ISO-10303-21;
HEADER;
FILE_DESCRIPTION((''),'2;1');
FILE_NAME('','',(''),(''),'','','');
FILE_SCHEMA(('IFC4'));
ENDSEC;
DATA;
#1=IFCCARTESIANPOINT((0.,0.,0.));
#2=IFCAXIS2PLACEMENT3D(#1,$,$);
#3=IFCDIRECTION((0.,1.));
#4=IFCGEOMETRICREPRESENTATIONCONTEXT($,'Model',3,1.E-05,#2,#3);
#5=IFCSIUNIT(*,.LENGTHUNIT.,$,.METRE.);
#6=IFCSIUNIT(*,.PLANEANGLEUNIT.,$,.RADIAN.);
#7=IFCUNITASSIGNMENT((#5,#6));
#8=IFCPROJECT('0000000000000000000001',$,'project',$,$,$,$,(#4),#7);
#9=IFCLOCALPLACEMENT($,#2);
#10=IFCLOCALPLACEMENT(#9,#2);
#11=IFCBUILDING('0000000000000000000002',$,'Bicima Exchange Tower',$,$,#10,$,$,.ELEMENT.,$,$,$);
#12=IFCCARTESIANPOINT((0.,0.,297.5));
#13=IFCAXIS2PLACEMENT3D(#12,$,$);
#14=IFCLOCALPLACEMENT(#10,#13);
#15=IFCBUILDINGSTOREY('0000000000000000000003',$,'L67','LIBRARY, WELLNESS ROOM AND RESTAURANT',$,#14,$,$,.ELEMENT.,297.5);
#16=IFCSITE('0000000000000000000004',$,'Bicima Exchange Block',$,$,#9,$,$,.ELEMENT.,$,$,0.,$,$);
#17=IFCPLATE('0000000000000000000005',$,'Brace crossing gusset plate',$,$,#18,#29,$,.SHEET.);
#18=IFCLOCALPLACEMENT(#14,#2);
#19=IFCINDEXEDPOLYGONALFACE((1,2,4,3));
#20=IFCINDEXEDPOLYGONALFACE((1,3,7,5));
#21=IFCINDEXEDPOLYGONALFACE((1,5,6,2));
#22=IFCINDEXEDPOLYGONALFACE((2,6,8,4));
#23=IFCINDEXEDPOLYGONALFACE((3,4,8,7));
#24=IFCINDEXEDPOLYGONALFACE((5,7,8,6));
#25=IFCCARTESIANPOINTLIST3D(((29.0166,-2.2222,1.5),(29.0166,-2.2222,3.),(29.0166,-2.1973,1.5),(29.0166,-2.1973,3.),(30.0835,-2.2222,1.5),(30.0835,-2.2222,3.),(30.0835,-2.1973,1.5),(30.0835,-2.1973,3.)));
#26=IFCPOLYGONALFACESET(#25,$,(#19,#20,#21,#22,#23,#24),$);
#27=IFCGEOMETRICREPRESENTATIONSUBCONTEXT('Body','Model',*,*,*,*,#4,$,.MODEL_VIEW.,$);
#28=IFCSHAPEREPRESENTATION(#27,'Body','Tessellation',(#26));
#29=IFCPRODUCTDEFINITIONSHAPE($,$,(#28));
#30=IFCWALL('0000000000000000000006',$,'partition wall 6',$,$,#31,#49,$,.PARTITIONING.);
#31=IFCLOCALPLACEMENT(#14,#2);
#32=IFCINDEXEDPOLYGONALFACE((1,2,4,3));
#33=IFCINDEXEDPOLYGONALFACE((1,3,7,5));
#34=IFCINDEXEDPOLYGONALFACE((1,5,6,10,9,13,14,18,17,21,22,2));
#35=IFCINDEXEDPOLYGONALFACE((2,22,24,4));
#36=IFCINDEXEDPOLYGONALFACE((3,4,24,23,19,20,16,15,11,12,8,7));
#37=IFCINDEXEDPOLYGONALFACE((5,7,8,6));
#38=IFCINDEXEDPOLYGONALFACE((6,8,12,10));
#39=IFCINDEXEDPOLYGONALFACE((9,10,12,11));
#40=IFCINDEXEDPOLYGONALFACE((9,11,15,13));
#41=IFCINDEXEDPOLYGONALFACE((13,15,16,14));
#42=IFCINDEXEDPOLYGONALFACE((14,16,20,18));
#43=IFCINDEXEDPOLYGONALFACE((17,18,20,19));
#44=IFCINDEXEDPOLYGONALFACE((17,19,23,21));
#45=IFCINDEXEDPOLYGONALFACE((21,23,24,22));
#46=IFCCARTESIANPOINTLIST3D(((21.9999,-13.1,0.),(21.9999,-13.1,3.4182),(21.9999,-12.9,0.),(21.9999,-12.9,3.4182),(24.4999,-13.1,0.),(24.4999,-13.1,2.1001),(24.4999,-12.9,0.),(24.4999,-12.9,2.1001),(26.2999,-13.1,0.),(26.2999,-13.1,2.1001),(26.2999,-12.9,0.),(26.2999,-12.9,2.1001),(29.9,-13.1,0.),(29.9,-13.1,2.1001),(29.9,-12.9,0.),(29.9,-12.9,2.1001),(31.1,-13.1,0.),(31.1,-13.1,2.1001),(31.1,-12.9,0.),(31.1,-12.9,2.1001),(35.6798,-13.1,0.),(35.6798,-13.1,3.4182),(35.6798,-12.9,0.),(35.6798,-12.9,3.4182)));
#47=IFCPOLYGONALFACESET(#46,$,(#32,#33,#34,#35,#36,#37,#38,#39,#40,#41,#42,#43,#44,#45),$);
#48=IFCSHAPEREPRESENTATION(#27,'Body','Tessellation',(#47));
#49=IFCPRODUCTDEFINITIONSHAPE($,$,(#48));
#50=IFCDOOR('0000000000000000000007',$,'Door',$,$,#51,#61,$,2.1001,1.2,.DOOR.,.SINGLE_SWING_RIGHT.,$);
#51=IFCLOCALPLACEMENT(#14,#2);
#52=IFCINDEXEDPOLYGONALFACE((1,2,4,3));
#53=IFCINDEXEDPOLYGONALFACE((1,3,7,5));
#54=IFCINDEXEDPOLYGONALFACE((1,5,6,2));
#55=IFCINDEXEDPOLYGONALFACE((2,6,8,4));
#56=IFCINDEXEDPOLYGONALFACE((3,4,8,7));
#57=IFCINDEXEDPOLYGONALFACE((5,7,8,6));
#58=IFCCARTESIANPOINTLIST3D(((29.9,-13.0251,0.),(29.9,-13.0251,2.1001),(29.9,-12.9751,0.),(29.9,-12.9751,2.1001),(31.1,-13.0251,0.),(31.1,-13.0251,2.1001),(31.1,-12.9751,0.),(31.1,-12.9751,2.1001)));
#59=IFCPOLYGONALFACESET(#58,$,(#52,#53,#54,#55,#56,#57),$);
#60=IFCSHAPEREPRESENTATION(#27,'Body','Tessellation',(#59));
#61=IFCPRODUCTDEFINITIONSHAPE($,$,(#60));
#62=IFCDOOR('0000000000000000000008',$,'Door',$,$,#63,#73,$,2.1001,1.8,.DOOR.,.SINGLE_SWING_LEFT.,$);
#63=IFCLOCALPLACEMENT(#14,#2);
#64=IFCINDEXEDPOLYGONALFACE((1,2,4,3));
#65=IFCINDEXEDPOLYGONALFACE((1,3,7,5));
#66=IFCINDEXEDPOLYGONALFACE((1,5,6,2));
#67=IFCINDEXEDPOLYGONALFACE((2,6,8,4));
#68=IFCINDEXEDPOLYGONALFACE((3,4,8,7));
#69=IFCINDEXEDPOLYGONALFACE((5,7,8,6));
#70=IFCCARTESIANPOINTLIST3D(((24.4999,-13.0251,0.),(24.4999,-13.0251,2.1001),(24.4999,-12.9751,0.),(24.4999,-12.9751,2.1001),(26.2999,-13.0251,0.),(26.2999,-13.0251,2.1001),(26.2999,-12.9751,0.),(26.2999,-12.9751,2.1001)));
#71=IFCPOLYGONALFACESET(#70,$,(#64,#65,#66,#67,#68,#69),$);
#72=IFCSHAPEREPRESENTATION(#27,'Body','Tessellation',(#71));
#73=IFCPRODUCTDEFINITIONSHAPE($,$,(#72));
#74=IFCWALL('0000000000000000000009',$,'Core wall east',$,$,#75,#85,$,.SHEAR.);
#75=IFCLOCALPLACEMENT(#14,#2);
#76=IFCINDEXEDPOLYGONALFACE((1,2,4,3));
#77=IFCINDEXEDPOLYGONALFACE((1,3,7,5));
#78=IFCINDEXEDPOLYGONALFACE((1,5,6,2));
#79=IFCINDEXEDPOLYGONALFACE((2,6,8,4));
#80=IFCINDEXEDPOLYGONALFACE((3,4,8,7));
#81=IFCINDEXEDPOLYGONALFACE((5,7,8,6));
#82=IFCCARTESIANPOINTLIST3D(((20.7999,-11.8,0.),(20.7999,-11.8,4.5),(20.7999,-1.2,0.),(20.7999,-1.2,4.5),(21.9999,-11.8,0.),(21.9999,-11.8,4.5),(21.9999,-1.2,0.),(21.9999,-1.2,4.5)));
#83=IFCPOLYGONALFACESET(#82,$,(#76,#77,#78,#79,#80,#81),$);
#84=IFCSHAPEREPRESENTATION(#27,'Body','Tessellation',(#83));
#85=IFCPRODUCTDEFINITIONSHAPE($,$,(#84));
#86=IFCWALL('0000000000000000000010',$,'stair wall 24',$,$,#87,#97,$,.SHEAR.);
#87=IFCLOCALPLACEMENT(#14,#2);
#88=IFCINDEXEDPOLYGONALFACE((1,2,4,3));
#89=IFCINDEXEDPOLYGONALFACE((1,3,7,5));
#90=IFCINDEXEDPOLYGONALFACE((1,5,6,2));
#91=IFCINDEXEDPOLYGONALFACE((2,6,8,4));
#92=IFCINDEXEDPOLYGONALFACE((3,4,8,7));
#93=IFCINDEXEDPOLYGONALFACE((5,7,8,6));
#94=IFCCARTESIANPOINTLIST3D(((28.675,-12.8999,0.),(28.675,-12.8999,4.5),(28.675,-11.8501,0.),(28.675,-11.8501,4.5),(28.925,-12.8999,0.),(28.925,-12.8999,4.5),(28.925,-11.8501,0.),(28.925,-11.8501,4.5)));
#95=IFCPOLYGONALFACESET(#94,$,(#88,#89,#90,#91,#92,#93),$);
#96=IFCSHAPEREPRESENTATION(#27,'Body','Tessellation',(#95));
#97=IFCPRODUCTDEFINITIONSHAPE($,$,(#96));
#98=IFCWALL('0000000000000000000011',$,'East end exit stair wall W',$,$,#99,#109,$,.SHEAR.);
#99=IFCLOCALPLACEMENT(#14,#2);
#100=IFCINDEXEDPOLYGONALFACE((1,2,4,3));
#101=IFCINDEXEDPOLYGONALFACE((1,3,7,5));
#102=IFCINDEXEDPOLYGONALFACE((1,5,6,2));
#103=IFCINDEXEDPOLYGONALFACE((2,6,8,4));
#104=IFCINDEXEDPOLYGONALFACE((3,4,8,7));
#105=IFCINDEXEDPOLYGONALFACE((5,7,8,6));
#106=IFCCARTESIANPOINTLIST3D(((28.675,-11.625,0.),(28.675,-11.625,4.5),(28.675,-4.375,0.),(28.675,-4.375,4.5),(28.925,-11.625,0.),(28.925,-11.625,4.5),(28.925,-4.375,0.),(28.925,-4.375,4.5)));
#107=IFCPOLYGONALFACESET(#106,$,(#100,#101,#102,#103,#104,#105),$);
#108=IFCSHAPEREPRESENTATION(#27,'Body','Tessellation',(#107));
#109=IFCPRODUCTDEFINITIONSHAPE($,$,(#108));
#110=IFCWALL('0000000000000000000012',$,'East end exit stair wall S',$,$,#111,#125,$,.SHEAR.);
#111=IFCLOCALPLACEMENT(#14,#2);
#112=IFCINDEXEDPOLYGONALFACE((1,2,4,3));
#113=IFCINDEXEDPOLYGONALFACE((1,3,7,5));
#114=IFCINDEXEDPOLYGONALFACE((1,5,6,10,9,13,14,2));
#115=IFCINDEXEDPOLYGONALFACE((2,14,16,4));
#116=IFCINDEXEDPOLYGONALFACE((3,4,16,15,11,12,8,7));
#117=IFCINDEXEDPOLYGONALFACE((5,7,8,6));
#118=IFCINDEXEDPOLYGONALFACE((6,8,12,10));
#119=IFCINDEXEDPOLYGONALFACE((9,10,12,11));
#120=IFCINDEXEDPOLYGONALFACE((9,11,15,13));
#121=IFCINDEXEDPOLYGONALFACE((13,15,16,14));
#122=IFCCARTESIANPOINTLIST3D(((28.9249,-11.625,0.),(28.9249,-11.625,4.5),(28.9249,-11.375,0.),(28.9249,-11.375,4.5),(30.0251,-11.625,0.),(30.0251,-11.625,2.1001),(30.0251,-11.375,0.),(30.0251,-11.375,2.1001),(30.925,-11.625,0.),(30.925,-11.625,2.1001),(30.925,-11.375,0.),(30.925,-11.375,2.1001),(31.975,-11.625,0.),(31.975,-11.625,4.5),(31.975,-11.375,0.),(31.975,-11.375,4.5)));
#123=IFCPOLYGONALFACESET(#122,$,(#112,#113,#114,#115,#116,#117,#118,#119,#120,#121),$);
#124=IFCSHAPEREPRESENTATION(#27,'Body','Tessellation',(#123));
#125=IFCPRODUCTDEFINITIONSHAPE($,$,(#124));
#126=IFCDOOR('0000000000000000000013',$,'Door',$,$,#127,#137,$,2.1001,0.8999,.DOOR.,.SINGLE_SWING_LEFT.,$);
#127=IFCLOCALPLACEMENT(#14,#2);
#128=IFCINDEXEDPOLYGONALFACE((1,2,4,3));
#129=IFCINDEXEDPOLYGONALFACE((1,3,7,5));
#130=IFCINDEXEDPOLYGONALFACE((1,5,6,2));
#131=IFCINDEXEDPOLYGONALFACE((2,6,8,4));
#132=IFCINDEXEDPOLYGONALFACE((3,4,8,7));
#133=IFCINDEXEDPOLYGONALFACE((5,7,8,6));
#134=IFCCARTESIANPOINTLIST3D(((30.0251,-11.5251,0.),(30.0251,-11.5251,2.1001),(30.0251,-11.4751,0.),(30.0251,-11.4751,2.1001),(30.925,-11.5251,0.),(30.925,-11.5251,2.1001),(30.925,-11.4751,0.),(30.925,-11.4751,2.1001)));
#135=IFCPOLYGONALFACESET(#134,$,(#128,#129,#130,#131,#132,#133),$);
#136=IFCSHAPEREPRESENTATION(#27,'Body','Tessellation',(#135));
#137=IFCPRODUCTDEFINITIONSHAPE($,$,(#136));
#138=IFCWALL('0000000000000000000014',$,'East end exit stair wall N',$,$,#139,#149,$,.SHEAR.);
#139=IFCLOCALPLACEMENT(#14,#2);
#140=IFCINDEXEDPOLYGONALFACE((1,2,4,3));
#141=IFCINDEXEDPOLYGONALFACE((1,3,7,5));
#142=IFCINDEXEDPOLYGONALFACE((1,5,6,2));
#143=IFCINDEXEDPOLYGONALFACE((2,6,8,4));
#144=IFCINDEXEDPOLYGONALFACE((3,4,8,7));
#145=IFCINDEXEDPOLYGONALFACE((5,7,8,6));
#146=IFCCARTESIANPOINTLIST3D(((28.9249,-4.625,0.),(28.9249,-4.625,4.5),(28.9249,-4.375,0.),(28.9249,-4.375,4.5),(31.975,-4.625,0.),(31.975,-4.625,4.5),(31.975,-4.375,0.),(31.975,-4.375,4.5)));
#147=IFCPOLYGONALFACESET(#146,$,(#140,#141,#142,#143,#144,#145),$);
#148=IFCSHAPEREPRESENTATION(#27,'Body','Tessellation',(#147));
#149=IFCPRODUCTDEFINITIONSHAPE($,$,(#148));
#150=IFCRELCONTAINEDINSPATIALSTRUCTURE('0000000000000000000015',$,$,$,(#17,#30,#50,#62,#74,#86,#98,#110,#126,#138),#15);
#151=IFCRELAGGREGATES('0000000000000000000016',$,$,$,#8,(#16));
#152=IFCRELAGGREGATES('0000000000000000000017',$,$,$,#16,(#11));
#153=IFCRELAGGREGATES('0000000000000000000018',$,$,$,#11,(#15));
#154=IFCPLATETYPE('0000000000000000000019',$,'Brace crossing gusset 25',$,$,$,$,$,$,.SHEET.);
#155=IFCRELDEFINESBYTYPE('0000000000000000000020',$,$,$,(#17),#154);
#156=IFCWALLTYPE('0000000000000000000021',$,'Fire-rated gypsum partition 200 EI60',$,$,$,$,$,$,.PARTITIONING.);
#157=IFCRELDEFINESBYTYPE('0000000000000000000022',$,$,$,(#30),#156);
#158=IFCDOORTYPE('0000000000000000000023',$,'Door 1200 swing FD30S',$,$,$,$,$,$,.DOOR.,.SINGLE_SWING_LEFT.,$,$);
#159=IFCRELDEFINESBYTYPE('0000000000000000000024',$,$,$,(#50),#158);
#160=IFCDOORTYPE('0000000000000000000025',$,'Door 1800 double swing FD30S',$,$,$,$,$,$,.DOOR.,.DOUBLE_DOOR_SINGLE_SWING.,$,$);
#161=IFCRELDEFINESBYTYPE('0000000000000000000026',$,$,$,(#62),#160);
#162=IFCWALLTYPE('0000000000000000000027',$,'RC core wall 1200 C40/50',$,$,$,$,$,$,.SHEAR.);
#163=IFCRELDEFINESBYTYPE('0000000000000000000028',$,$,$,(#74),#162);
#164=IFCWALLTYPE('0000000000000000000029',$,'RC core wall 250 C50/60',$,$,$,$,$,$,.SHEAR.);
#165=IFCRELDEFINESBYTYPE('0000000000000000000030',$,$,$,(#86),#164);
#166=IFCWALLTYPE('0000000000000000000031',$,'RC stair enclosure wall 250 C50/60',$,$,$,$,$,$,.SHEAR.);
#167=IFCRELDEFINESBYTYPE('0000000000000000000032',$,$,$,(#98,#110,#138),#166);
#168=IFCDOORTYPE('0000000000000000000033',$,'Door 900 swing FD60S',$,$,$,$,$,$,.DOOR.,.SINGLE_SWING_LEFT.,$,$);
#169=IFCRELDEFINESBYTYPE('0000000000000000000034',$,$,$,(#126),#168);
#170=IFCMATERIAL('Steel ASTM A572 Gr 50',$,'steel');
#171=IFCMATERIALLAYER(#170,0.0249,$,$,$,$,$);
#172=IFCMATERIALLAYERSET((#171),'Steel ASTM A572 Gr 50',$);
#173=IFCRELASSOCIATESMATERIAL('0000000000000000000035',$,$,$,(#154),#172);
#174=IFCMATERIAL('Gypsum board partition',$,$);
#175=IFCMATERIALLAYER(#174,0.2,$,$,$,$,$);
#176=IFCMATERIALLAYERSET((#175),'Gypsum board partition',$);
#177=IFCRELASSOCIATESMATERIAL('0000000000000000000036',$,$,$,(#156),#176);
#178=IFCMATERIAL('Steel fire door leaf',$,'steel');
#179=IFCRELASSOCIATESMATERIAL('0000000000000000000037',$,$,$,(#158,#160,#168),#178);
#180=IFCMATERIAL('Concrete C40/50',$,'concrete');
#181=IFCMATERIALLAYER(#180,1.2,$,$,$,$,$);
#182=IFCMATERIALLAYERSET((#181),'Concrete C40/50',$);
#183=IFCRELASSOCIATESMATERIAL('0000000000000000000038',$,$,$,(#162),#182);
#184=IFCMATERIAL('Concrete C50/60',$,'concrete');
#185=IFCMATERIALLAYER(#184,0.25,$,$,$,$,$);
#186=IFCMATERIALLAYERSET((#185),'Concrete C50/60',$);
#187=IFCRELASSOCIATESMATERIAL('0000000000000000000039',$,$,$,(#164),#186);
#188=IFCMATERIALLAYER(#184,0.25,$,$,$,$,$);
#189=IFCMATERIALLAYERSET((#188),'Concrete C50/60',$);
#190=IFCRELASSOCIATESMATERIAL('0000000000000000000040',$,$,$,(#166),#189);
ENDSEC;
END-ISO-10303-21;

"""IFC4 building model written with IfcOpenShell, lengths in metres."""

from ifc_helpers import new_model, si_unit, direction, frame, frame_2d, origin, origin_2d, place, context, subcontext, project, spatial, rectangle, extrude, material, layer, layer_set, type_object, element, fill, save


model = new_model("IFC4")

# Units and contexts
model_context = context("Model", 3, precision=1e-05, world=origin(), true_north=direction((0.0, 1.0)))
body_context = subcontext(model_context, "Body", "Model", "MODEL_VIEW")
ifc_project = project(units=[si_unit("LENGTHUNIT", "METRE"), si_unit("PLANEANGLEUNIT", "RADIAN")], contexts=[model_context])

# Site, building, storey
site_placement = place(None, origin())
site = spatial("IfcSite", under=ifc_project, at=site_placement, Name="Bicima Exchange Block", CompositionType="ELEMENT", RefElevation=0.0)
building_placement = place(site_placement, origin())
building = spatial("IfcBuilding", under=site, at=building_placement, Name="Bicima Exchange Tower", CompositionType="ELEMENT")
storey_placement = place(building_placement, frame((0.0, 0.0, 297.5)))
storey = spatial("IfcBuildingStorey", under=building, at=storey_placement, Name="L67", Description="LIBRARY, WELLNESS ROOM AND RESTAURANT", CompositionType="ELEMENT", Elevation=297.5)

# Shared definitions
ifc_material_1 = material(Name="Steel ASTM A572 Gr 50", Category="steel")

# Plate
ifc_layer_1 = layer(ifc_material_1, 0.0249)
ifc_layer_set_1 = layer_set([ifc_layer_1], Name="Steel ASTM A572 Gr 50")
plate_type = type_object("IfcPlateType", Name="Brace crossing gusset 25", PredefinedType="SHEET", material=ifc_layer_set_1)
plate_placement = place(storey_placement, frame((29.55, -2.2097, 1.5), z_axis=(0.0, 0.0, 1.0), x_axis=(1.0, 0.0, 0.0)))
element("IfcPlate", 1, at=plate_placement, inside=storey, type_object=plate_type, Name="Brace crossing gusset plate", PredefinedType="SHEET", context=body_context, shape_type="SweptSolid", body=[
    extrude(rectangle(XDim=1.0669, YDim=0.0249, at=origin_2d()), origin(), (0.0, 0.0, 1.0), 1.5),
])

# Wall, openings, doors
ifc_material_2 = material(Name="Gypsum board partition")
ifc_layer_2 = layer(ifc_material_2, 0.2)
ifc_layer_set_2 = layer_set([ifc_layer_2], Name="Gypsum board partition")
wall_type_1 = type_object("IfcWallType", Name="Fire-rated gypsum partition 200 EI60", PredefinedType="PARTITIONING", material=ifc_layer_set_2)
wall_1_placement = place(storey_placement, frame((22.0, -13.0, 0.0), z_axis=(0.0, 0.0, 1.0), x_axis=(1.0, 0.0, 0.0)))
wall_1 = element("IfcWall", 2, at=wall_1_placement, inside=storey, type_object=wall_type_1, Name="partition wall 6", PredefinedType="PARTITIONING", context=body_context, shape_type="SweptSolid", body=[
    extrude(rectangle(XDim=13.6799, YDim=0.2, at=frame_2d((6.8398, 0.0))), origin(), (0.0, 0.0, 1.0), 3.4182),
])
opening_1_placement = place(wall_1_placement, frame((7.8999, 0.0, 0.0)))
opening_1 = element("IfcOpeningElement", 3, at=opening_1_placement, cuts=wall_1, PredefinedType="OPENING", context=body_context, shape_type="SweptSolid", body=[
    extrude(rectangle(XDim=1.2, YDim=2.1001, at=frame_2d((0.6001, 1.05))), frame((0.0, 0.1118, 0.0), z_axis=(0.0, -1.0, 0.0), x_axis=(1.0, 0.0, 0.0)), (0.0, 0.0, 1.0), 0.2239),
])
opening_2_placement = place(wall_1_placement, frame((2.5, 0.0, 0.0)))
opening_2 = element("IfcOpeningElement", 4, at=opening_2_placement, cuts=wall_1, PredefinedType="OPENING", context=body_context, shape_type="SweptSolid", body=[
    extrude(rectangle(XDim=1.8, YDim=2.1001, at=frame_2d((0.8999, 1.05))), frame((0.0, 0.1118, 0.0), z_axis=(0.0, -1.0, 0.0), x_axis=(1.0, 0.0, 0.0)), (0.0, 0.0, 1.0), 0.2239),
])
ifc_material_3 = material(Name="Steel fire door leaf", Category="steel")
door_type_1 = type_object("IfcDoorType", Name="Door 1200 swing FD30S", OperationType="SINGLE_SWING_LEFT", PredefinedType="DOOR", material=ifc_material_3)
door_1_placement = place(opening_1_placement, origin())
door_1 = element("IfcDoor", 5, at=door_1_placement, inside=storey, type_object=door_type_1, Name="Door", OperationType="SINGLE_SWING_RIGHT", OverallHeight=2.1001, OverallWidth=1.2, PredefinedType="DOOR", context=body_context, shape_type="SweptSolid", body=[
    extrude(rectangle(XDim=1.2, YDim=2.1001, at=frame_2d((0.6001, 1.05))), frame((0.0, 0.0249, 0.0), z_axis=(0.0, -1.0, 0.0), x_axis=(1.0, 0.0, 0.0)), (0.0, 0.0, 1.0), 0.05),
])
fill(opening_1, door_1)
door_type_2 = type_object("IfcDoorType", Name="Door 1800 double swing FD30S", OperationType="DOUBLE_DOOR_SINGLE_SWING", PredefinedType="DOOR", material=ifc_material_3)
door_2_placement = place(opening_2_placement, origin())
door_2 = element("IfcDoor", 6, at=door_2_placement, inside=storey, type_object=door_type_2, Name="Door", OperationType="SINGLE_SWING_LEFT", OverallHeight=2.1001, OverallWidth=1.8, PredefinedType="DOOR", context=body_context, shape_type="SweptSolid", body=[
    extrude(rectangle(XDim=1.8, YDim=2.1001, at=frame_2d((0.8999, 1.05))), frame((0.0, 0.0249, 0.0), z_axis=(0.0, -1.0, 0.0), x_axis=(1.0, 0.0, 0.0)), (0.0, 0.0, 1.0), 0.05),
])
fill(opening_2, door_2)

# Walls
ifc_material_4 = material(Name="Concrete C40/50", Category="concrete")
ifc_layer_3 = layer(ifc_material_4, 1.2)
ifc_layer_set_3 = layer_set([ifc_layer_3], Name="Concrete C40/50")
wall_type_2 = type_object("IfcWallType", Name="RC core wall 1200 C40/50", PredefinedType="SHEAR", material=ifc_layer_set_3)
wall_2_placement = place(storey_placement, frame((21.3999, -11.8, 0.0), z_axis=(0.0, 0.0, 1.0), x_axis=(0.0, 1.0, 0.0)))
element("IfcWall", 7, at=wall_2_placement, inside=storey, type_object=wall_type_2, Name="Core wall east", PredefinedType="SHEAR", context=body_context, shape_type="SweptSolid", body=[
    extrude(rectangle(XDim=10.6001, YDim=1.2, at=frame_2d((5.3, 0.0))), origin(), (0.0, 0.0, 1.0), 4.5),
])
ifc_material_5 = material(Name="Concrete C50/60", Category="concrete")
ifc_layer_4 = layer(ifc_material_5, 0.25)
ifc_layer_set_4 = layer_set([ifc_layer_4], Name="Concrete C50/60")
wall_type_3 = type_object("IfcWallType", Name="RC core wall 250 C50/60", PredefinedType="SHEAR", material=ifc_layer_set_4)
wall_3_placement = place(storey_placement, frame((28.8, -12.8999, 0.0), z_axis=(0.0, 0.0, 1.0), x_axis=(0.0, 1.0, 0.0)))
element("IfcWall", 8, at=wall_3_placement, inside=storey, type_object=wall_type_3, Name="stair wall 24", PredefinedType="SHEAR", context=body_context, shape_type="SweptSolid", body=[
    extrude(rectangle(XDim=1.0498, YDim=0.25, at=frame_2d((0.5249, 0.0))), origin(), (0.0, 0.0, 1.0), 4.5),
])
ifc_layer_5 = layer(ifc_material_5, 0.25)
ifc_layer_set_5 = layer_set([ifc_layer_5], Name="Concrete C50/60")
wall_type_4 = type_object("IfcWallType", Name="RC stair enclosure wall 250 C50/60", PredefinedType="SHEAR", material=ifc_layer_set_5)
wall_4_placement = place(storey_placement, frame((28.8, -11.625, 0.0), z_axis=(0.0, 0.0, 1.0), x_axis=(0.0, 1.0, 0.0)))
element("IfcWall", 9, at=wall_4_placement, inside=storey, type_object=wall_type_4, Name="East end exit stair wall W", PredefinedType="SHEAR", context=body_context, shape_type="SweptSolid", body=[
    extrude(rectangle(XDim=7.25, YDim=0.25, at=frame_2d((3.625, 0.0))), origin(), (0.0, 0.0, 1.0), 4.5),
])

# Wall, opening, door
wall_5_placement = place(storey_placement, frame((28.925, -11.5, 0.0), z_axis=(0.0, 0.0, 1.0), x_axis=(1.0, 0.0, 0.0)))
wall_5 = element("IfcWall", 10, at=wall_5_placement, inside=storey, type_object=wall_type_4, Name="East end exit stair wall S", PredefinedType="SHEAR", context=body_context, shape_type="SweptSolid", body=[
    extrude(rectangle(XDim=3.05, YDim=0.25, at=frame_2d((1.5249, 0.0))), origin(), (0.0, 0.0, 1.0), 4.5),
])
opening_3_placement = place(wall_5_placement, frame((1.1001, 0.0, 0.0)))
opening_3 = element("IfcOpeningElement", 11, at=opening_3_placement, cuts=wall_5, PredefinedType="OPENING", context=body_context, shape_type="SweptSolid", body=[
    extrude(rectangle(XDim=0.8999, YDim=2.1001, at=frame_2d((0.45, 1.05))), frame((0.0, 0.137, 0.0), z_axis=(0.0, -1.0, 0.0), x_axis=(1.0, 0.0, 0.0)), (0.0, 0.0, 1.0), 0.2739),
])
door_type_3 = type_object("IfcDoorType", Name="Door 900 swing FD60S", OperationType="SINGLE_SWING_LEFT", PredefinedType="DOOR", material=ifc_material_3)
door_3_placement = place(opening_3_placement, origin())
door_3 = element("IfcDoor", 12, at=door_3_placement, inside=storey, type_object=door_type_3, Name="Door", OperationType="SINGLE_SWING_LEFT", OverallHeight=2.1001, OverallWidth=0.8999, PredefinedType="DOOR", context=body_context, shape_type="SweptSolid", body=[
    extrude(rectangle(XDim=0.8999, YDim=2.1001, at=frame_2d((0.45, 1.05))), frame((0.0, 0.0249, 0.0), z_axis=(0.0, -1.0, 0.0), x_axis=(1.0, 0.0, 0.0)), (0.0, 0.0, 1.0), 0.05),
])
fill(opening_3, door_3)

# Wall
wall_6_placement = place(storey_placement, frame((28.925, -4.5, 0.0), z_axis=(0.0, 0.0, 1.0), x_axis=(1.0, 0.0, 0.0)))
element("IfcWall", 13, at=wall_6_placement, inside=storey, type_object=wall_type_4, Name="East end exit stair wall N", PredefinedType="SHEAR", context=body_context, shape_type="SweptSolid", body=[
    extrude(rectangle(XDim=3.05, YDim=0.25, at=frame_2d((1.5249, 0.0))), origin(), (0.0, 0.0, 1.0), 4.5),
])

save(model, "model.ifc")
